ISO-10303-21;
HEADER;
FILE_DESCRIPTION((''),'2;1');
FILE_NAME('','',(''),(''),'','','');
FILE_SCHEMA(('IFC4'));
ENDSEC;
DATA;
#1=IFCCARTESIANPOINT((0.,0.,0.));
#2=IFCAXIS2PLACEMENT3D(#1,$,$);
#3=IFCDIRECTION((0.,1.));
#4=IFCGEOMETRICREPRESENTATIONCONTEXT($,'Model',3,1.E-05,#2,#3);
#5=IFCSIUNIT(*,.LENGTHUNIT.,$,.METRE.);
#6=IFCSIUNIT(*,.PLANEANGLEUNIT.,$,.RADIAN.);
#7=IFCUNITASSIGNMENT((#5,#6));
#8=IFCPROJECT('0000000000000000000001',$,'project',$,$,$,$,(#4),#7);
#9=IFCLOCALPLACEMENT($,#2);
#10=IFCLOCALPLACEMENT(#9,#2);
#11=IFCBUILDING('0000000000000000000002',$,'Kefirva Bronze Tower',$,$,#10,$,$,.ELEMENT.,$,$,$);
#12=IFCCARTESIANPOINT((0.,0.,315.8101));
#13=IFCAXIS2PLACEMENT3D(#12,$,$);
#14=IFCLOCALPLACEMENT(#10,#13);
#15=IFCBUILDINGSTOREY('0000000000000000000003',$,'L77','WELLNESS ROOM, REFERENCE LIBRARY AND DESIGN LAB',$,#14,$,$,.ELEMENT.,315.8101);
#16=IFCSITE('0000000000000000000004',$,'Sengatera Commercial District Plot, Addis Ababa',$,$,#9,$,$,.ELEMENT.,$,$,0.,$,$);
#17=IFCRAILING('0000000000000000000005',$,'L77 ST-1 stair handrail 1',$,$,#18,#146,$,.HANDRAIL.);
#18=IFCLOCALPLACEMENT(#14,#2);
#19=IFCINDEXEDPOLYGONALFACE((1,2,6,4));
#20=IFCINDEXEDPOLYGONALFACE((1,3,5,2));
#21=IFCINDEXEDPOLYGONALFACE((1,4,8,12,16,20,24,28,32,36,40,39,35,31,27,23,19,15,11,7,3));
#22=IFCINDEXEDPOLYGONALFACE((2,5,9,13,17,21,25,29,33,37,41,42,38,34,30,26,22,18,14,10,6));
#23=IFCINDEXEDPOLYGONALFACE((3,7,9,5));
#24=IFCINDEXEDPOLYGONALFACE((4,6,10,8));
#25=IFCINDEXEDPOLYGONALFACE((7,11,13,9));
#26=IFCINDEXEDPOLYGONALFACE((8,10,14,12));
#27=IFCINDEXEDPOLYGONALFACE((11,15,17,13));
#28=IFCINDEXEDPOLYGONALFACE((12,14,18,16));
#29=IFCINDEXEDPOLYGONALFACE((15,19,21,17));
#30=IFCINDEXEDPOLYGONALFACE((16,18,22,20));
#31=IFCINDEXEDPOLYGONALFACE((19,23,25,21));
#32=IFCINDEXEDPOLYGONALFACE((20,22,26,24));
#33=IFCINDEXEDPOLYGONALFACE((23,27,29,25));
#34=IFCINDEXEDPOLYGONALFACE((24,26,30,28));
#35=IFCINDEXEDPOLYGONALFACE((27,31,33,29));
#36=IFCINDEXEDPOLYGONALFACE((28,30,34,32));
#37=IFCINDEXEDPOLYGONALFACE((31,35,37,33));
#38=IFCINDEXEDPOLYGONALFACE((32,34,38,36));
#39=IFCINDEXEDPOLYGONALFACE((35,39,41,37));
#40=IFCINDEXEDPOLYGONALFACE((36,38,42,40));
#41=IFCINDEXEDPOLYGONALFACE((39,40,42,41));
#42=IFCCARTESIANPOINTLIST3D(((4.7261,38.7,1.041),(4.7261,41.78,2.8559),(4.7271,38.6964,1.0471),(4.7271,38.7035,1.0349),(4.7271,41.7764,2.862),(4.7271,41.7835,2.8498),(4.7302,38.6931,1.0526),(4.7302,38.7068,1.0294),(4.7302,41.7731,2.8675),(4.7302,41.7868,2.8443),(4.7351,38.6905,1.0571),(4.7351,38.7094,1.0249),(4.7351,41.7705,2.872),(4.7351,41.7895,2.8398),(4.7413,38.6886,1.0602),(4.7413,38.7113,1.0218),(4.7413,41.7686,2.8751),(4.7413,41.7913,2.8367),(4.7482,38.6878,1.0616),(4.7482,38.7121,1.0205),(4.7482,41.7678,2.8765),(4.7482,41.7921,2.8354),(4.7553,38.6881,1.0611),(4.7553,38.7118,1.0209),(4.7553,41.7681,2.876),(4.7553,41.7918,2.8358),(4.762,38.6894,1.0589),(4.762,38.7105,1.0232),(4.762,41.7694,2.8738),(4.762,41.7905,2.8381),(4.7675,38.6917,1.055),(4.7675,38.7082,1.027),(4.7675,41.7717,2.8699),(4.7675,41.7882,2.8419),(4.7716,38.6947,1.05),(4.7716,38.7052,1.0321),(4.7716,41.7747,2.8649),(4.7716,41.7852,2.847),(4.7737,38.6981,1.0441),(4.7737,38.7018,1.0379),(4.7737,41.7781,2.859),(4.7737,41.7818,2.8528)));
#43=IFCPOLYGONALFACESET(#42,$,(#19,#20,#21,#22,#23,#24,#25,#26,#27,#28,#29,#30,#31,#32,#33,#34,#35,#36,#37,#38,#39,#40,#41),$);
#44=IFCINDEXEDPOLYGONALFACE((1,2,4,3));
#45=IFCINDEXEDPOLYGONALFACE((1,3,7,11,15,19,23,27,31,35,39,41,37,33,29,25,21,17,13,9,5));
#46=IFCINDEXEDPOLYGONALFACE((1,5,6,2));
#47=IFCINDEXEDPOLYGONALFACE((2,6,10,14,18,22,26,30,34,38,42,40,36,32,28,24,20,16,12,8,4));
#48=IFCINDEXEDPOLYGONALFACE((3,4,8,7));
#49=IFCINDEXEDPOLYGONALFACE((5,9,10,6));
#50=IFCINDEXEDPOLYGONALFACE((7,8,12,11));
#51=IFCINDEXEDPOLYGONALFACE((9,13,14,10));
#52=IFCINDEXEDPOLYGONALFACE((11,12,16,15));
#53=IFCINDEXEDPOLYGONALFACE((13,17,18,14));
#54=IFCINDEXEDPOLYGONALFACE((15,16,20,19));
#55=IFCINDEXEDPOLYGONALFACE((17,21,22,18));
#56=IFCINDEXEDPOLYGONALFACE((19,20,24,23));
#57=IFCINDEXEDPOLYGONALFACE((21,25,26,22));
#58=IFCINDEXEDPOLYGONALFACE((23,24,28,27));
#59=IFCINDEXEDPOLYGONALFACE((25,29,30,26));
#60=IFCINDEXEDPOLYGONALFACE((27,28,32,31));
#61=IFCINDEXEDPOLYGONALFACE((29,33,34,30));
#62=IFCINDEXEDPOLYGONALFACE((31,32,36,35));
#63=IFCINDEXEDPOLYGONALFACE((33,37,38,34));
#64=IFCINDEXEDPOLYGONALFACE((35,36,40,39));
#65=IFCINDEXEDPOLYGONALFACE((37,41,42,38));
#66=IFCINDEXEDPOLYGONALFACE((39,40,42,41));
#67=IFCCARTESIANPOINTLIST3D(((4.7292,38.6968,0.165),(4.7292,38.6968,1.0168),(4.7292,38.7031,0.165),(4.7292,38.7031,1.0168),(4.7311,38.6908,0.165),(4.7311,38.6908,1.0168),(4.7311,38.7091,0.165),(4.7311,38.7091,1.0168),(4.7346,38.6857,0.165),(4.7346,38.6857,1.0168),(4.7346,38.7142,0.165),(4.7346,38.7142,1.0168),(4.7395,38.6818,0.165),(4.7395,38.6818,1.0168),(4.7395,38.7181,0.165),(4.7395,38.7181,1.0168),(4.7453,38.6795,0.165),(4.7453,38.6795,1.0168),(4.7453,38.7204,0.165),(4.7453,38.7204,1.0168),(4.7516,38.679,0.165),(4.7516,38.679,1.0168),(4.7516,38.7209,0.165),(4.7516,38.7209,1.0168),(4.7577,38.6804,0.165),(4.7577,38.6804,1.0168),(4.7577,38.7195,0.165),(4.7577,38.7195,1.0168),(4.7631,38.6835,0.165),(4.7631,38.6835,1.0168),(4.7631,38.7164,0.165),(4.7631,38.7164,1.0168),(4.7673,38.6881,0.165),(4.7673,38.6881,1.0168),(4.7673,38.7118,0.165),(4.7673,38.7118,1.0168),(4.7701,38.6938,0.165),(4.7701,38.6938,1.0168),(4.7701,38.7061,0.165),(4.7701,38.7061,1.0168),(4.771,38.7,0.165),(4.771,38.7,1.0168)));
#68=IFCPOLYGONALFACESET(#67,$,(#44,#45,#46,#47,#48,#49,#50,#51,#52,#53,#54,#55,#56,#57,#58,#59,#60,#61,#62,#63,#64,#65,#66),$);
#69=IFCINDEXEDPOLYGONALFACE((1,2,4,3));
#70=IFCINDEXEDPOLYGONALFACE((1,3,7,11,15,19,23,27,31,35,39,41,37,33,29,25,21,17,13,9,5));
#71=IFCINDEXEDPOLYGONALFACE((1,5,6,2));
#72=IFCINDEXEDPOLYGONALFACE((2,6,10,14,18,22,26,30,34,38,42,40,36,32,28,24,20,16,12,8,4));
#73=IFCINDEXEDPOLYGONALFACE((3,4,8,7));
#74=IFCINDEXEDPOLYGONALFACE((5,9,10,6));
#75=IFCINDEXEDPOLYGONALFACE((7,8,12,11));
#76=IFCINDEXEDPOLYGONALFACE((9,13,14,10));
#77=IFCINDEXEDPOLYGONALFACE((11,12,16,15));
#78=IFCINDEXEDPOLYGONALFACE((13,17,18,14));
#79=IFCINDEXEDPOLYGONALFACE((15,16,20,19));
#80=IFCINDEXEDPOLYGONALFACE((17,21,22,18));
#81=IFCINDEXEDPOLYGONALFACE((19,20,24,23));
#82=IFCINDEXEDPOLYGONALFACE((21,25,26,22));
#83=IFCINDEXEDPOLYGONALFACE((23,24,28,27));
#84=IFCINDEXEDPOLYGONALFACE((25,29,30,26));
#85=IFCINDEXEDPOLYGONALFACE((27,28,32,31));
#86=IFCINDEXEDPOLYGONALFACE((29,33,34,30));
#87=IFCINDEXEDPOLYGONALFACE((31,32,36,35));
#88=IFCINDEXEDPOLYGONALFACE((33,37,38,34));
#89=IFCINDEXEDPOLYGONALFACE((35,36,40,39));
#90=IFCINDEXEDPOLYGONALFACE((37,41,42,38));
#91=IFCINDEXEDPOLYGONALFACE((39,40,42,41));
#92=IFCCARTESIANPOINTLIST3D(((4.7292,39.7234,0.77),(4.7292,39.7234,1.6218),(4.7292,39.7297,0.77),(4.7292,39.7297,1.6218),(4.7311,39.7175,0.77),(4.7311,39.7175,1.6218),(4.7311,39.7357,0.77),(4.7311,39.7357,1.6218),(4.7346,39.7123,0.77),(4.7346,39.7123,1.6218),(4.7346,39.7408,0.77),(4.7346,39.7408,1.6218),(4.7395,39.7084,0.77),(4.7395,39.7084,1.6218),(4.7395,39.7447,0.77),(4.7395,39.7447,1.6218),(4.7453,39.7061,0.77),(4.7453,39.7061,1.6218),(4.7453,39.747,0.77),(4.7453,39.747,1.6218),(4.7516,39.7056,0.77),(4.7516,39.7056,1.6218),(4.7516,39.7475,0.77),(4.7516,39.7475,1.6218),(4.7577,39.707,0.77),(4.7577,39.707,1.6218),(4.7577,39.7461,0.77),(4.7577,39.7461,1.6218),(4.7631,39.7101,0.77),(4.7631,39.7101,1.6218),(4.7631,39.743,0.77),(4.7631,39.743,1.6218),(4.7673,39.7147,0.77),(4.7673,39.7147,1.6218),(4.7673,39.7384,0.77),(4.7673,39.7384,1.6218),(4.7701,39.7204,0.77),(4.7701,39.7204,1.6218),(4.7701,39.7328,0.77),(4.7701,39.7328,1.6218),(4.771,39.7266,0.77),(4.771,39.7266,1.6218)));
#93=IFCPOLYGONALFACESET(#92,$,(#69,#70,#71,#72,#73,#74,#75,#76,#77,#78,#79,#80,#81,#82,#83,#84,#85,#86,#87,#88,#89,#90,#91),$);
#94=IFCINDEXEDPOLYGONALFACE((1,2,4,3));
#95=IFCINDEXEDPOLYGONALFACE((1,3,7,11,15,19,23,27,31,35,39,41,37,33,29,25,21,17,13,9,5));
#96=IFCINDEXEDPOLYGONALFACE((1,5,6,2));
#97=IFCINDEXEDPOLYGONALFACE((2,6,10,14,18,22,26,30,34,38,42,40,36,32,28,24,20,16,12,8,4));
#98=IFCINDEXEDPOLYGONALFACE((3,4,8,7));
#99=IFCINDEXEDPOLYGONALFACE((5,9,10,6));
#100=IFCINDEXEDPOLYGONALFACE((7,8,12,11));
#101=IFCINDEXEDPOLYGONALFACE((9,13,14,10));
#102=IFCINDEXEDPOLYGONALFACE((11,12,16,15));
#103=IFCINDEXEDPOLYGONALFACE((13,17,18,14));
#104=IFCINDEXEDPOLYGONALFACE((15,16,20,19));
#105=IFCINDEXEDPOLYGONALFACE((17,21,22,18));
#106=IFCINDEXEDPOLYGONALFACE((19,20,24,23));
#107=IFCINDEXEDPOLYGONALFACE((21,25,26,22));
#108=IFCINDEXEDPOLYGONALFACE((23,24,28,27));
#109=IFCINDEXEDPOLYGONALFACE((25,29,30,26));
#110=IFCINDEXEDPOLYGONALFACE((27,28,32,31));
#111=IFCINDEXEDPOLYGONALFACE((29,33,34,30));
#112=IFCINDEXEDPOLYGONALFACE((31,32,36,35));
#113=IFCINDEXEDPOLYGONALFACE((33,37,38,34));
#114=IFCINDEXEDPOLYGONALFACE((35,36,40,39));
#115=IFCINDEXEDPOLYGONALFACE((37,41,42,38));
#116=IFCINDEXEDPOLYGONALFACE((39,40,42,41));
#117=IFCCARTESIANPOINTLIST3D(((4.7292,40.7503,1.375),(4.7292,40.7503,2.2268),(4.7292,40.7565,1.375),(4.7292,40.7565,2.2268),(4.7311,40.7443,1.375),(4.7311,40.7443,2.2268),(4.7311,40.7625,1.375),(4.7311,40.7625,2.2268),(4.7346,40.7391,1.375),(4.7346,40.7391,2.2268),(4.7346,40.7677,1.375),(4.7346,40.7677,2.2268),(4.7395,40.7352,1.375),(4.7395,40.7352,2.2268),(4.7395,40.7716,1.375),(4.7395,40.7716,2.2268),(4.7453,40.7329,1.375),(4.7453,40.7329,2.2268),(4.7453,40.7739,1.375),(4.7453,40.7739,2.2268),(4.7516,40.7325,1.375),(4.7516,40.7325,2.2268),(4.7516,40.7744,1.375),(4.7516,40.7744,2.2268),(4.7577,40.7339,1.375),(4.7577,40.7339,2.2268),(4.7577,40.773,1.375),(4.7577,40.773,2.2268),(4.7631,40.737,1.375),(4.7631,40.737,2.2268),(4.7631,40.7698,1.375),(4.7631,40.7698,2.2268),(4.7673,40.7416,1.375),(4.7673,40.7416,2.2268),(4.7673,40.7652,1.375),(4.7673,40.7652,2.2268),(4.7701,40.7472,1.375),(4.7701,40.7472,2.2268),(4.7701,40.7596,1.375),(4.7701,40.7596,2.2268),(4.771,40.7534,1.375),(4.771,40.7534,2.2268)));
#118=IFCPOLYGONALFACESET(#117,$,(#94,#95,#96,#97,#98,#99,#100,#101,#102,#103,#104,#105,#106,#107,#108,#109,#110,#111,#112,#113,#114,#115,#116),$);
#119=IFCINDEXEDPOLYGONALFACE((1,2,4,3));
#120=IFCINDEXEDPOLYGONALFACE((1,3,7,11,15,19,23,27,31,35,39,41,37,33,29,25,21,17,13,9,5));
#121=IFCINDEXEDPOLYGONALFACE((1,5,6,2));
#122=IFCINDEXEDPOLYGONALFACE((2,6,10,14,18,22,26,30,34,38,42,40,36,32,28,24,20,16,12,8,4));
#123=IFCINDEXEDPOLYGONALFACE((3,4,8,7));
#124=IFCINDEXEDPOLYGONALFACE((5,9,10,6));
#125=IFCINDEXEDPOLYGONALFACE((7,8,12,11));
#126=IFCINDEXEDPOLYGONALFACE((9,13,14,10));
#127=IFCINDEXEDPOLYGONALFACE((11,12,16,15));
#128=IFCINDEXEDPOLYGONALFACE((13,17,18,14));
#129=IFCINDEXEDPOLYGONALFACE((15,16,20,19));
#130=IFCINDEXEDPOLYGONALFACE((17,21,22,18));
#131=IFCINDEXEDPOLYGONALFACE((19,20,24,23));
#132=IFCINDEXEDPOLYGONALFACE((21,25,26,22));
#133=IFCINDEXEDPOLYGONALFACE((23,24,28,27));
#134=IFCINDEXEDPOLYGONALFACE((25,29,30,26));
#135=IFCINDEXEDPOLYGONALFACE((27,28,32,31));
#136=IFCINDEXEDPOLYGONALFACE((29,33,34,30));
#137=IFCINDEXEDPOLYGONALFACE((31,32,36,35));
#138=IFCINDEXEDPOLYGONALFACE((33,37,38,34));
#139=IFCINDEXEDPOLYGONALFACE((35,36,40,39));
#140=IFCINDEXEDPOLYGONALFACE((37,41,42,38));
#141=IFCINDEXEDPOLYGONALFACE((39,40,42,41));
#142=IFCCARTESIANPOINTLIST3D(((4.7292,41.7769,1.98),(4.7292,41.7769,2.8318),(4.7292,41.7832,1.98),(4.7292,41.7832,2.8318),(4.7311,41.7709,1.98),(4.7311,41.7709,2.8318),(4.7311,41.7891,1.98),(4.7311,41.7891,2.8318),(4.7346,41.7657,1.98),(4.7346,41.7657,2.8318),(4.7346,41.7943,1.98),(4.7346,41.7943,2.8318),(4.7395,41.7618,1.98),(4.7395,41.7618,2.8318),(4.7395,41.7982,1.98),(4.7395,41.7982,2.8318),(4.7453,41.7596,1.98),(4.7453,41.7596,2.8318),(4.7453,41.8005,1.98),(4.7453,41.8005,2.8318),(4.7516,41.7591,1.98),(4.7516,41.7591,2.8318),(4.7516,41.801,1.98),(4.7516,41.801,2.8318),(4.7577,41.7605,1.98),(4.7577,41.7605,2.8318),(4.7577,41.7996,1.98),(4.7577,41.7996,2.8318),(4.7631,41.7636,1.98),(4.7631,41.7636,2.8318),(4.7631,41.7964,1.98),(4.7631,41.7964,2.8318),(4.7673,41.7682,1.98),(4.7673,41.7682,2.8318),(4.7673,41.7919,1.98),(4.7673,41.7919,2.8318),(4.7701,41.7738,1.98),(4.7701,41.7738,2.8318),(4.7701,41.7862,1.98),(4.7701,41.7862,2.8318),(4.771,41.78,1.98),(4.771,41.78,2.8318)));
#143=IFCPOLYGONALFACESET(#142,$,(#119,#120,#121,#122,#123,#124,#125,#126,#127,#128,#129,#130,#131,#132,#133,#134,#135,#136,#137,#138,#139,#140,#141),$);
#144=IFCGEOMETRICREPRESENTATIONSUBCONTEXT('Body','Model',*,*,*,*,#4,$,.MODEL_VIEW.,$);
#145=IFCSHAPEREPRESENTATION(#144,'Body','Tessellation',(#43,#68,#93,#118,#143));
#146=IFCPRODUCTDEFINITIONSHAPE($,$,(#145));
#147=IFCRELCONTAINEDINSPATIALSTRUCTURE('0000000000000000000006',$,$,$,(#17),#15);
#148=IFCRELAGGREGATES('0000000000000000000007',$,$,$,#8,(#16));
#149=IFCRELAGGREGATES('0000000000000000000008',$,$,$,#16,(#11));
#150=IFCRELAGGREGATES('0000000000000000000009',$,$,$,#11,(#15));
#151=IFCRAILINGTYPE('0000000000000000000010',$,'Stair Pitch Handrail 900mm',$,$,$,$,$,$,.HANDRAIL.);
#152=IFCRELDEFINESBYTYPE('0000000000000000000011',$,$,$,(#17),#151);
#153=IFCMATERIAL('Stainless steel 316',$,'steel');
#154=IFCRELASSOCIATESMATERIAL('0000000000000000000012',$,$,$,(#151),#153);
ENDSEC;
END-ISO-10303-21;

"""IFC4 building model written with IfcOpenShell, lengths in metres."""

from ifc_helpers import new_model, si_unit, direction, frame, origin, origin_2d, place, context, subcontext, project, spatial, circle, extrude, material, type_object, element, save


model = new_model("IFC4")

# Units and contexts
model_context = context("Model", 3, precision=1e-05, world=origin(), true_north=direction((0.0, 1.0)))
body_context = subcontext(model_context, "Body", "Model", "MODEL_VIEW")
ifc_project = project(units=[si_unit("LENGTHUNIT", "METRE"), si_unit("PLANEANGLEUNIT", "RADIAN")], contexts=[model_context])

# Site, building, storey
site_placement = place(None, origin())
site = spatial("IfcSite", under=ifc_project, at=site_placement, Name="Sengatera Commercial District Plot, Addis Ababa", CompositionType="ELEMENT", RefElevation=0.0)
building_placement = place(site_placement, origin())
building = spatial("IfcBuilding", under=site, at=building_placement, Name="Kefirva Bronze Tower", CompositionType="ELEMENT")
storey_placement = place(building_placement, frame((0.0, 0.0, 315.8101)))
storey = spatial("IfcBuildingStorey", under=building, at=storey_placement, Name="L77", Description="WELLNESS ROOM, REFERENCE LIBRARY AND DESIGN LAB", CompositionType="ELEMENT", Elevation=315.8101)

# Railing
ifc_material_1 = material(Name="Stainless steel 316", Category="steel")
railing_type_1 = type_object("IfcRailingType", Name="Stair Pitch Handrail 900mm", PredefinedType="HANDRAIL", material=ifc_material_1)
railing_1_placement = place(storey_placement, frame((4.75, 38.7, 0.165)))
element("IfcRailing", 1, at=railing_1_placement, inside=storey, type_object=railing_type_1, Name="L77 ST-1 stair handrail 1", PredefinedType="HANDRAIL", context=body_context, shape_type="SweptSolid", body=[
    extrude(circle(Radius=0.0239, at=origin_2d()), frame((0.0, 0.0, 0.876), z_axis=(0.0, 0.861551, 0.507671), x_axis=(-1.0, 0.0, 0.0)), (0.0, 0.0, 1.0), 3.575),
    extrude(circle(Radius=0.021, at=origin_2d()), origin(), (0.0, 0.0, 1.0), 0.8518),
    extrude(circle(Radius=0.021, at=origin_2d()), frame((0.0, 1.0266, 0.605)), (0.0, 0.0, 1.0), 0.8518),
    extrude(circle(Radius=0.021, at=origin_2d()), frame((0.0, 2.0535, 1.21)), (0.0, 0.0, 1.0), 0.8518),
    extrude(circle(Radius=0.021, at=origin_2d()), frame((0.0, 3.0801, 1.8149)), (0.0, 0.0, 1.0), 0.8518),
])

save(model, "model.ifc")
